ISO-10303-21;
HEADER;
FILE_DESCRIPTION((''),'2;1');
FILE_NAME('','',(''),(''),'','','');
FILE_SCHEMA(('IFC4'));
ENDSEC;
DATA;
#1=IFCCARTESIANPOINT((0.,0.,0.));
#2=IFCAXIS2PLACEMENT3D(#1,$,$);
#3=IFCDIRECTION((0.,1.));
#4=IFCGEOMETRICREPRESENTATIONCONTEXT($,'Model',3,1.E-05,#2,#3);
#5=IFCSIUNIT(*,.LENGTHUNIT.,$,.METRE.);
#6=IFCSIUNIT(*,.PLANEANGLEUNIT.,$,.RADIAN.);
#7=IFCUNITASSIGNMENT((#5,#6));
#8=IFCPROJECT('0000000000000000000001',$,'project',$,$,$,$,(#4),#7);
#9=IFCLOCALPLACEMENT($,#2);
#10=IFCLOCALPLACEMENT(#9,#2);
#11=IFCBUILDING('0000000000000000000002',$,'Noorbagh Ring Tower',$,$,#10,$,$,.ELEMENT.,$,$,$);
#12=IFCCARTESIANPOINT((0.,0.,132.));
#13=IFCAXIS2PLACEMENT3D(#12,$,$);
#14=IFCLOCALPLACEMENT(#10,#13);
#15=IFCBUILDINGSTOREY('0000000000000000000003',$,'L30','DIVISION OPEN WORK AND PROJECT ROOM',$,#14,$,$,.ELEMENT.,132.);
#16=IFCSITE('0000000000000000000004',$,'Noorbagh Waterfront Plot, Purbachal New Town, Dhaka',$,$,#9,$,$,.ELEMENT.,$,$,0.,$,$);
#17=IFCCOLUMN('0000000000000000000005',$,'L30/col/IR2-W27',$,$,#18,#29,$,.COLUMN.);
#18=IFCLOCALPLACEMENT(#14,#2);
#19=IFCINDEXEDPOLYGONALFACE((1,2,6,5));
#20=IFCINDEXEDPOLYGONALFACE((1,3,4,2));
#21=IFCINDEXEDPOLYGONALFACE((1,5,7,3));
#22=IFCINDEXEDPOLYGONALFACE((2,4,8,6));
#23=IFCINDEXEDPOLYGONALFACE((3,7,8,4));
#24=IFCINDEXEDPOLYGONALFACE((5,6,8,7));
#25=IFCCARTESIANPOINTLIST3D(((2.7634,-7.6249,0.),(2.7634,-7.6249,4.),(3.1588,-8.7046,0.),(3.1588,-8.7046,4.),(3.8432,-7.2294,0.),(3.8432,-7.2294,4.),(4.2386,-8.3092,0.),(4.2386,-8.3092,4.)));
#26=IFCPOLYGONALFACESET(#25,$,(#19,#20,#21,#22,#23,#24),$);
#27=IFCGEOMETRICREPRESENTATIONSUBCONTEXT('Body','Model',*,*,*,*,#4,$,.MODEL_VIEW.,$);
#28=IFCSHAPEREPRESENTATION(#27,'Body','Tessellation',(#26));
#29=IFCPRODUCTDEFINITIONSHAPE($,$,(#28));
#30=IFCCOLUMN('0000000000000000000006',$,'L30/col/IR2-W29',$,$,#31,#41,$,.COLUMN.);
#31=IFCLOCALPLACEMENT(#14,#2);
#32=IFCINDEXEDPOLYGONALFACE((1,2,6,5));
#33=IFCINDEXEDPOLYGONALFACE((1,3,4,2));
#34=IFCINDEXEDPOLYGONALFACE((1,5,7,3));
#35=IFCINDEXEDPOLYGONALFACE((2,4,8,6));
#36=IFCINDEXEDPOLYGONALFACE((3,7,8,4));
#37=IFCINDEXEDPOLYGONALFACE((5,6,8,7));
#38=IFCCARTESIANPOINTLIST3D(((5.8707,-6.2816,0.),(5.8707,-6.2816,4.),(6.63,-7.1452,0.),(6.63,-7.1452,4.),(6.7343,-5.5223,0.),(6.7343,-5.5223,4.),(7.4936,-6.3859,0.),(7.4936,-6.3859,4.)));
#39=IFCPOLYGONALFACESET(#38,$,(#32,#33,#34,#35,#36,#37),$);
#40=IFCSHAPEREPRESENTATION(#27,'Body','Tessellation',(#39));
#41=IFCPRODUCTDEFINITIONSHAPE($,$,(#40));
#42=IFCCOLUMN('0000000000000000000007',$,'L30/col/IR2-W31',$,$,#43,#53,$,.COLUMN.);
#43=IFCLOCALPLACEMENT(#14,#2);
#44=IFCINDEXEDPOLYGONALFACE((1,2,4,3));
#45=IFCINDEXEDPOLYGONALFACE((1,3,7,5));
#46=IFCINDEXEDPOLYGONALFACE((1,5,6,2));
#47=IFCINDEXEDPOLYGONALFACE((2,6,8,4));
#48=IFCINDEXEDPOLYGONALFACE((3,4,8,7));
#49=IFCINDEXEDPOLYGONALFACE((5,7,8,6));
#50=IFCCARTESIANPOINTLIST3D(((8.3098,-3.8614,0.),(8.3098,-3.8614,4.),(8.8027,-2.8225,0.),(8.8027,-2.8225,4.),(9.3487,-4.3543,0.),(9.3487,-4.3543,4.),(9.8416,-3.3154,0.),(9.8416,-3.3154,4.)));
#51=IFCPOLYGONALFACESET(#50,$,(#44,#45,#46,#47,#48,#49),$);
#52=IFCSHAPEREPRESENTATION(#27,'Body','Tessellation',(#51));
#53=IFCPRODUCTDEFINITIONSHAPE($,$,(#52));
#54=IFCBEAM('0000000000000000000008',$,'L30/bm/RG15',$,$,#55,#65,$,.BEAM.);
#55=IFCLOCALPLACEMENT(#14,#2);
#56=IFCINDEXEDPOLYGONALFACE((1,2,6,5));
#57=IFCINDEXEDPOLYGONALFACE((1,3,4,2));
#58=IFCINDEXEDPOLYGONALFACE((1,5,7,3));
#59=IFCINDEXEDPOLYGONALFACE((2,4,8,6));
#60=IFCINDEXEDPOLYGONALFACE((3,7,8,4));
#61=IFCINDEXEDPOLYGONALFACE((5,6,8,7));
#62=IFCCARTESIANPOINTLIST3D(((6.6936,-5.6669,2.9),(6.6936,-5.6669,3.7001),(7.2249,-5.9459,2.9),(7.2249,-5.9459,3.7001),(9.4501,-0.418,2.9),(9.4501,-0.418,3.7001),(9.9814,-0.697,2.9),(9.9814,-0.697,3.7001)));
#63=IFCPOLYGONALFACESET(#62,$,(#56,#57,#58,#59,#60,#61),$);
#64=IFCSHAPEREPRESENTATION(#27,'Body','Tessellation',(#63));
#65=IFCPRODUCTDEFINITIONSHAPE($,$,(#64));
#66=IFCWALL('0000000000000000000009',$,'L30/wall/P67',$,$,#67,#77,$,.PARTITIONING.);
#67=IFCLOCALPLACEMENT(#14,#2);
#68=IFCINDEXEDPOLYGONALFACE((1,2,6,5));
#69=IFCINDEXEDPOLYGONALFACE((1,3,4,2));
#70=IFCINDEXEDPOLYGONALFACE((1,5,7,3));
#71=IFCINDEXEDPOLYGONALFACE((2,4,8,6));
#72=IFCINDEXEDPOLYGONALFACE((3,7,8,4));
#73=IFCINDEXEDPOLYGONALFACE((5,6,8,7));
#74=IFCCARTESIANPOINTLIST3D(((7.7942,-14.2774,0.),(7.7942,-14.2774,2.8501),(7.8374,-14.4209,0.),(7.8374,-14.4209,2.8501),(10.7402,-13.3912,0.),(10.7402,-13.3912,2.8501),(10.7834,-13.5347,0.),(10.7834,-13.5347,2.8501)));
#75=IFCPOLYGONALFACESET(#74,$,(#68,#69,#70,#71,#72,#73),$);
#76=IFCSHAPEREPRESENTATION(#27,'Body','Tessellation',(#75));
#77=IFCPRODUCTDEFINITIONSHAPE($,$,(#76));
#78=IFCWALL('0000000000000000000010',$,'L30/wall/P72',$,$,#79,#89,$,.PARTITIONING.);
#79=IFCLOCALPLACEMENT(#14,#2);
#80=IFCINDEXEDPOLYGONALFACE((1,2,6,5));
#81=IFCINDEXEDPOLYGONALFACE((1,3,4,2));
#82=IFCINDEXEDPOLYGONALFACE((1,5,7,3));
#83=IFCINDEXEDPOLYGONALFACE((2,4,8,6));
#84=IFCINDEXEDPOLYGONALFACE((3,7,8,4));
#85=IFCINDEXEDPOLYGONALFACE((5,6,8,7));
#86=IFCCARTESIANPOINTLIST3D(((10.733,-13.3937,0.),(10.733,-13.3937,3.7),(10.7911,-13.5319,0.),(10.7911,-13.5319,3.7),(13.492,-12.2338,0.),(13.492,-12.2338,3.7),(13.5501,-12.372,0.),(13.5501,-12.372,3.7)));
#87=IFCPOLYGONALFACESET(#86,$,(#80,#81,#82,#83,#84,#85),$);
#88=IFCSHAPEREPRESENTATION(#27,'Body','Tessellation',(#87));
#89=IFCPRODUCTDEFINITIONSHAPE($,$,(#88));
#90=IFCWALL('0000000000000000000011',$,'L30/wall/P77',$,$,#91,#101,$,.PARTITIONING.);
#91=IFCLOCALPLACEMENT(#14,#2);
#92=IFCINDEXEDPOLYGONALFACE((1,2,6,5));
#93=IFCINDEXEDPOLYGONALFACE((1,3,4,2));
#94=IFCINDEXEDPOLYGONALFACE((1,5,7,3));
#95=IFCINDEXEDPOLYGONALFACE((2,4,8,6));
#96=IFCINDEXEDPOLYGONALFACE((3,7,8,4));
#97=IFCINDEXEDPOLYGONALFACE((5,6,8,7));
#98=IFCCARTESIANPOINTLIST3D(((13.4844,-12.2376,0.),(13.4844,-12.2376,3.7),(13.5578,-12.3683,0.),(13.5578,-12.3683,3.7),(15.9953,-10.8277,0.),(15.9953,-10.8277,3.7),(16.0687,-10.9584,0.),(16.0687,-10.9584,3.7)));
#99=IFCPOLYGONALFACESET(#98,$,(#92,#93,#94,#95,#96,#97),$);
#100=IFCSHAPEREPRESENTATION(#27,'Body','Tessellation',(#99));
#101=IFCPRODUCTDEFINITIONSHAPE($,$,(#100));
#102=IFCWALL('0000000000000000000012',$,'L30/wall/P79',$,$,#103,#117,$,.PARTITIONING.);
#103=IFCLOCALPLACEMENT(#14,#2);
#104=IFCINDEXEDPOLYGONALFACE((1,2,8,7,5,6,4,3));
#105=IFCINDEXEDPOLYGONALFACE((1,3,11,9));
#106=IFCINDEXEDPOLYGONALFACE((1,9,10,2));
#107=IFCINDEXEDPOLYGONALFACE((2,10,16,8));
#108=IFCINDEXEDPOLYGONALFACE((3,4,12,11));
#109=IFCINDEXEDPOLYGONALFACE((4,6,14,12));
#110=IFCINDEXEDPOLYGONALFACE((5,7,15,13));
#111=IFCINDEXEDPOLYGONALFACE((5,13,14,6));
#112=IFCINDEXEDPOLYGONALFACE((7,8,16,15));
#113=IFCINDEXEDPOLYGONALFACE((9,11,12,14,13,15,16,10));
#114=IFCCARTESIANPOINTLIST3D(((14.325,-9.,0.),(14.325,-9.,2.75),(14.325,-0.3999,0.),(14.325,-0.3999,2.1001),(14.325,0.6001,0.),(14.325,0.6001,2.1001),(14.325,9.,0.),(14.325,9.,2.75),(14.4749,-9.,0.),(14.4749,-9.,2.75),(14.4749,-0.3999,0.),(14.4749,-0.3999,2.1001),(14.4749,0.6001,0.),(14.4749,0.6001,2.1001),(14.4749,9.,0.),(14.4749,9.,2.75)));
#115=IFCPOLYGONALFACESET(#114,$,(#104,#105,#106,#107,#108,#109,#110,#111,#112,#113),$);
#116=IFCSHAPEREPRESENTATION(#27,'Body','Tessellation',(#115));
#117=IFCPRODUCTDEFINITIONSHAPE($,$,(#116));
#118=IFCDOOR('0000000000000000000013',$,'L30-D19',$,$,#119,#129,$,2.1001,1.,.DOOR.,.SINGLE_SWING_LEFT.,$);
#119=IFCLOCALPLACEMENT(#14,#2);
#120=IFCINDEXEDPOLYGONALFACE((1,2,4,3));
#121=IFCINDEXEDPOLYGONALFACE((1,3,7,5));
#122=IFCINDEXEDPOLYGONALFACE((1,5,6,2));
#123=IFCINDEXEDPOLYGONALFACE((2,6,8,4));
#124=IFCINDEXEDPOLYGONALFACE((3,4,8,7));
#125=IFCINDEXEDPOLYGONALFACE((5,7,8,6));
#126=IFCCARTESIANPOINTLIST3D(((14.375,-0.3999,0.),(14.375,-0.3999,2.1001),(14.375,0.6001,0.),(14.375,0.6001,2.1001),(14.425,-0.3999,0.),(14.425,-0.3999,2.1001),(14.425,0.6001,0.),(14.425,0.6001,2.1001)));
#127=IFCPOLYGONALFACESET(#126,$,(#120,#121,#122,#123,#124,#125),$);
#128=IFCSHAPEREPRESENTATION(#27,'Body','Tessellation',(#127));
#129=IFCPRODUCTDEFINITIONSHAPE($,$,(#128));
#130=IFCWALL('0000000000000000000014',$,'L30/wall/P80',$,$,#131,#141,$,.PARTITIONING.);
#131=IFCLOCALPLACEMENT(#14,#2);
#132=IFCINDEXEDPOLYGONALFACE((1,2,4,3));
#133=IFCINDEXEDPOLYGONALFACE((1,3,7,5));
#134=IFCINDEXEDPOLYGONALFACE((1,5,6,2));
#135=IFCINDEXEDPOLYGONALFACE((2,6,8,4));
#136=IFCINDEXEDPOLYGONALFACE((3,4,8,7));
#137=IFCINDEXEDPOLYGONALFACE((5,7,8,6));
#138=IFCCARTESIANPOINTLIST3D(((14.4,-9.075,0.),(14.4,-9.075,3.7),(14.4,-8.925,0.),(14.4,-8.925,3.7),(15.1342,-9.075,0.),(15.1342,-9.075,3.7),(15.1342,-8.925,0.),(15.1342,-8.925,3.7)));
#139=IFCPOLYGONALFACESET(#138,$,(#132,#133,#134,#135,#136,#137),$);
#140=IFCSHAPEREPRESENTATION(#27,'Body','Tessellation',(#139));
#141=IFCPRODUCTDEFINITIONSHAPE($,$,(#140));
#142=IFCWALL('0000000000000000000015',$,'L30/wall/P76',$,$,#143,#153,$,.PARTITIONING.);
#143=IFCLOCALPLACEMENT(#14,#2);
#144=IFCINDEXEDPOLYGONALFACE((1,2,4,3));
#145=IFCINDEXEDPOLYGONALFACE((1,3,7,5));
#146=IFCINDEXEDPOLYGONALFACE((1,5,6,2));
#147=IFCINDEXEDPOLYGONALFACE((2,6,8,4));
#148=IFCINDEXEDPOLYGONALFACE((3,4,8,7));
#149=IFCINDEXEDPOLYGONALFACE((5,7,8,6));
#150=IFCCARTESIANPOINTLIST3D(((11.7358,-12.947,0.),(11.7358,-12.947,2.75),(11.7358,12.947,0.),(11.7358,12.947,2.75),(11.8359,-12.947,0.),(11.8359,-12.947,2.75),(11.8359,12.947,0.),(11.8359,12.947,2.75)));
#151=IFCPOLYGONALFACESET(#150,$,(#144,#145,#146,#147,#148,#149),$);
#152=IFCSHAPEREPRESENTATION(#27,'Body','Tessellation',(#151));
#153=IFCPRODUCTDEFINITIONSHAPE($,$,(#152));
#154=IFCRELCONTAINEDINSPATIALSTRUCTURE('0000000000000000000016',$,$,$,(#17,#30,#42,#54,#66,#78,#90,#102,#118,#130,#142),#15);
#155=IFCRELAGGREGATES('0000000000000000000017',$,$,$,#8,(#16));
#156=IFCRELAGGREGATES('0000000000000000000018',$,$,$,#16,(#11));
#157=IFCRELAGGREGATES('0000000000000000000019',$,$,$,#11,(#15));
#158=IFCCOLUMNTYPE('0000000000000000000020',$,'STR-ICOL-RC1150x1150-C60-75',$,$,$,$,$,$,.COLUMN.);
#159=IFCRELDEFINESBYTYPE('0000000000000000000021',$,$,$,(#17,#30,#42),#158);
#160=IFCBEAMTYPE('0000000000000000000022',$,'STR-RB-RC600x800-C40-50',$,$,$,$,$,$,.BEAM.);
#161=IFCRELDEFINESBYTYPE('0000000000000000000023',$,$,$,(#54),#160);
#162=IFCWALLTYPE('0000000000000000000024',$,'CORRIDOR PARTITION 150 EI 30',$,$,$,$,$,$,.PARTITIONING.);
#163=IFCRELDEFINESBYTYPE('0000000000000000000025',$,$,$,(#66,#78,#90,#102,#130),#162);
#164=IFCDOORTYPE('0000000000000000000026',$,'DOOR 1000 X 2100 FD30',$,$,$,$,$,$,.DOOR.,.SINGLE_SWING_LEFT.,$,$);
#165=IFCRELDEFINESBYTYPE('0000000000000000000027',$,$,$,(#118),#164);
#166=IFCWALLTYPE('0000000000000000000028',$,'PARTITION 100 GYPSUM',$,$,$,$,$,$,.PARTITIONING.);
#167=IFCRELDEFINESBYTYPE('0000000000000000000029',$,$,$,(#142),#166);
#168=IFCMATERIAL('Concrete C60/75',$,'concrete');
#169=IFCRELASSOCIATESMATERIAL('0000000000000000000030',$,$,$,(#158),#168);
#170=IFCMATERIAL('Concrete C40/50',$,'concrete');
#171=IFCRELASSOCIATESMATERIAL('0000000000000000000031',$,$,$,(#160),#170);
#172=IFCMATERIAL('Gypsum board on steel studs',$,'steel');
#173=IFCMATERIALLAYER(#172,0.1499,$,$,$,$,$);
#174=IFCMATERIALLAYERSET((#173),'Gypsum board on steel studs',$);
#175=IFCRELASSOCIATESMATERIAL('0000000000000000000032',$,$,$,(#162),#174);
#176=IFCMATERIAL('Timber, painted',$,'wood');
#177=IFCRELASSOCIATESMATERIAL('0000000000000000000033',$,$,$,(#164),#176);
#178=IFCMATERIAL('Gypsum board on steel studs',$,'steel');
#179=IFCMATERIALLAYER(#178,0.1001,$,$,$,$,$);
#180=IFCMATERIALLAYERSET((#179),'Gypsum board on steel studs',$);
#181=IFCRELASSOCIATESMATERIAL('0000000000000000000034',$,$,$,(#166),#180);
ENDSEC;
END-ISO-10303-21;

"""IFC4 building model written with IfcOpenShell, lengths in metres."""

from ifc_helpers import new_model, si_unit, direction, frame, frame_2d, origin, origin_2d, place, context, subcontext, project, spatial, rectangle, extrude, material, layer, layer_set, material_profile, profile_set, type_object, element, fill, save


model = new_model("IFC4")

# Units and contexts
model_context = context("Model", 3, precision=1e-05, world=origin(), true_north=direction((0.0, 1.0)))
body_context = subcontext(model_context, "Body", "Model", "MODEL_VIEW")
ifc_project = project(units=[si_unit("LENGTHUNIT", "METRE"), si_unit("PLANEANGLEUNIT", "RADIAN")], contexts=[model_context])

# Site, building, storey
site_placement = place(None, origin())
site = spatial("IfcSite", under=ifc_project, at=site_placement, Name="Noorbagh Waterfront Plot, Purbachal New Town, Dhaka", CompositionType="ELEMENT", RefElevation=0.0)
building_placement = place(site_placement, origin())
building = spatial("IfcBuilding", under=site, at=building_placement, Name="Noorbagh Ring Tower", CompositionType="ELEMENT")
storey_placement = place(building_placement, frame((0.0, 0.0, 132.0)))
storey = spatial("IfcBuildingStorey", under=building, at=storey_placement, Name="L30", Description="DIVISION OPEN WORK AND PROJECT ROOM", CompositionType="ELEMENT", Elevation=132.0)

# Columns
ifc_material_1 = material(Name="Concrete C60/75", Category="concrete")
ifc_material_profile_1 = material_profile(ifc_material_1, rectangle(XDim=1.1499, YDim=1.1499, at=origin_2d()), Name="RC1150x1150")
ifc_profile_set_1 = profile_set([ifc_material_profile_1], Name="Concrete C60/75")
column_type = type_object("IfcColumnType", Name="STR-ICOL-RC1150x1150-C60-75", PredefinedType="COLUMN", material=ifc_profile_set_1)
for number, where, z_axis, x_axis, name in (
    (1, (3.501, -7.967, 0.0), (0.0, 0.0, 1.0), (0.93902, 0.343864, 0.0), "L30/col/IR2-W27"),
    (2, (6.6821, -6.3337, 0.0), (0.0, 0.0, 1.0), (0.751022, 0.660277, 0.0), "L30/col/IR2-W29"),
    (3, (9.0757, -3.5884, 0.0), (0.0, 0.0, 1.0), (0.428667, 0.903463, 0.0), "L30/col/IR2-W31"),
):
    element("IfcColumn", number, at=place(storey_placement, frame(where, z_axis=z_axis, x_axis=x_axis)), inside=storey, type_object=column_type, Name=name, PredefinedType="COLUMN", context=body_context, shape_type="SweptSolid", body=[
        extrude(rectangle(XDim=1.1499, YDim=1.1499, at=origin_2d()), origin(), (0.0, 0.0, 1.0), 4.0),
    ])

# Beam
ifc_material_2 = material(Name="Concrete C40/50", Category="concrete")
ifc_material_profile_2 = material_profile(ifc_material_2, rectangle(XDim=0.6001, YDim=0.8, at=origin_2d()), Name="RC600x800")
ifc_profile_set_2 = profile_set([ifc_material_profile_2], Name="Concrete C40/50")
beam_type = type_object("IfcBeamType", Name="STR-RB-RC600x800-C40-50", PredefinedType="BEAM", material=ifc_profile_set_2)
beam_placement = place(storey_placement, frame((6.9592, -5.8064, 3.3), z_axis=(0.464947, 0.885339, 0.0), x_axis=(-0.885339, 0.464947, 0.0)))
element("IfcBeam", 4, at=beam_placement, inside=storey, type_object=beam_type, Name="L30/bm/RG15", PredefinedType="BEAM", context=body_context, shape_type="SweptSolid", body=[
    extrude(rectangle(XDim=0.6001, YDim=0.8, at=origin_2d()), origin(), (0.0, 0.0, 1.0), 5.9287),
])

# Walls
ifc_material_3 = material(Name="Gypsum board on steel studs", Category="steel")
ifc_layer_1 = layer(ifc_material_3, 0.1499)
ifc_layer_set_1 = layer_set([ifc_layer_1], Name="Gypsum board on steel studs")
wall_type_1 = type_object("IfcWallType", Name="CORRIDOR PARTITION 150 EI 30", PredefinedType="PARTITIONING", material=ifc_layer_set_1)
wall_1_placement = place(storey_placement, frame((7.8159, -14.3491, 0.0), z_axis=(0.0, 0.0, 1.0), x_axis=(0.95761, 0.288069, 0.0)))
element("IfcWall", 5, at=wall_1_placement, inside=storey, type_object=wall_type_1, Name="L30/wall/P67", PredefinedType="PARTITIONING", context=body_context, shape_type="SweptSolid", body=[
    extrude(rectangle(XDim=3.0764, YDim=0.1499, at=frame_2d((1.5381, 0.0))), origin(), (0.0, 0.0, 1.0), 2.8501),
])
wall_2_placement = place(storey_placement, frame((10.762, -13.4629, 0.0), z_axis=(0.0, 0.0, 1.0), x_axis=(0.921849, 0.38755, 0.0)))
element("IfcWall", 6, at=wall_2_placement, inside=storey, type_object=wall_type_1, Name="L30/wall/P72", PredefinedType="PARTITIONING", context=body_context, shape_type="SweptSolid", body=[
    extrude(rectangle(XDim=2.9929, YDim=0.1499, at=frame_2d((1.4966, 0.0))), origin(), (0.0, 0.0, 1.0), 3.7),
])
wall_3_placement = place(storey_placement, frame((13.521, -12.303, 0.0), z_axis=(0.0, 0.0, 1.0), x_axis=(0.871949, 0.489597, 0.0)))
element("IfcWall", 7, at=wall_3_placement, inside=storey, type_object=wall_type_1, Name="L30/wall/P77", PredefinedType="PARTITIONING", context=body_context, shape_type="SweptSolid", body=[
    extrude(rectangle(XDim=2.8796, YDim=0.1499, at=frame_2d((1.4399, 0.0))), origin(), (0.0, 0.0, 1.0), 3.7),
])

# Wall, opening, door
wall_4_placement = place(storey_placement, frame((14.3999, -9.0, 0.0), z_axis=(0.0, 0.0, 1.0), x_axis=(0.0, 1.0, 0.0)))
wall_4 = element("IfcWall", 8, at=wall_4_placement, inside=storey, type_object=wall_type_1, Name="L30/wall/P79", PredefinedType="PARTITIONING", context=body_context, shape_type="SweptSolid", body=[
    extrude(rectangle(XDim=18.0, YDim=0.1499, at=frame_2d((9.0, 0.0))), origin(), (0.0, 0.0, 1.0), 2.75),
])
opening_placement = place(wall_4_placement, frame((8.6001, 0.0, 0.0)))
opening = element("IfcOpeningElement", 9, at=opening_placement, cuts=wall_4, PredefinedType="OPENING", context=body_context, shape_type="SweptSolid", body=[
    extrude(rectangle(XDim=1.0, YDim=2.1001, at=frame_2d((0.5, 1.05))), frame((0.0, 0.085, 0.0), z_axis=(0.0, -1.0, 0.0), x_axis=(1.0, 0.0, 0.0)), (0.0, 0.0, 1.0), 0.1699),
])
ifc_material_4 = material(Name="Timber, painted", Category="wood")
door_type = type_object("IfcDoorType", Name="DOOR 1000 X 2100 FD30", OperationType="SINGLE_SWING_LEFT", PredefinedType="DOOR", material=ifc_material_4)
door_placement = place(opening_placement, origin())
door = element("IfcDoor", 10, at=door_placement, inside=storey, type_object=door_type, Name="L30-D19", OperationType="SINGLE_SWING_LEFT", OverallHeight=2.1001, OverallWidth=1.0, PredefinedType="DOOR", context=body_context, shape_type="SweptSolid", body=[
    extrude(rectangle(XDim=1.0, YDim=2.1001, at=frame_2d((0.5, 1.05))), frame((0.0, 0.0249, 0.0), z_axis=(0.0, -1.0, 0.0), x_axis=(1.0, 0.0, 0.0)), (0.0, 0.0, 1.0), 0.05),
])
fill(opening, door)

# Walls
wall_5_placement = place(storey_placement, frame((14.3999, -9.0, 0.0), z_axis=(0.0, 0.0, 1.0), x_axis=(1.0, 0.0, 0.0)))
element("IfcWall", 11, at=wall_5_placement, inside=storey, type_object=wall_type_1, Name="L30/wall/P80", PredefinedType="PARTITIONING", context=body_context, shape_type="SweptSolid", body=[
    extrude(rectangle(XDim=0.7341, YDim=0.1499, at=frame_2d((0.3672, 0.0))), origin(), (0.0, 0.0, 1.0), 3.7),
])
ifc_material_5 = material(Name="Gypsum board on steel studs", Category="steel")
ifc_layer_2 = layer(ifc_material_5, 0.1001)
ifc_layer_set_2 = layer_set([ifc_layer_2], Name="Gypsum board on steel studs")
wall_type_2 = type_object("IfcWallType", Name="PARTITION 100 GYPSUM", PredefinedType="PARTITIONING", material=ifc_layer_set_2)
wall_6_placement = place(storey_placement, frame((11.7859, -12.947, 0.0), z_axis=(0.0, 0.0, 1.0), x_axis=(0.0, 1.0, 0.0)))
element("IfcWall", 12, at=wall_6_placement, inside=storey, type_object=wall_type_2, Name="L30/wall/P76", PredefinedType="PARTITIONING", context=body_context, shape_type="SweptSolid", body=[
    extrude(rectangle(XDim=25.894, YDim=0.1001, at=frame_2d((12.947, 0.0))), origin(), (0.0, 0.0, 1.0), 2.75),
])

save(model, "model.ifc")
